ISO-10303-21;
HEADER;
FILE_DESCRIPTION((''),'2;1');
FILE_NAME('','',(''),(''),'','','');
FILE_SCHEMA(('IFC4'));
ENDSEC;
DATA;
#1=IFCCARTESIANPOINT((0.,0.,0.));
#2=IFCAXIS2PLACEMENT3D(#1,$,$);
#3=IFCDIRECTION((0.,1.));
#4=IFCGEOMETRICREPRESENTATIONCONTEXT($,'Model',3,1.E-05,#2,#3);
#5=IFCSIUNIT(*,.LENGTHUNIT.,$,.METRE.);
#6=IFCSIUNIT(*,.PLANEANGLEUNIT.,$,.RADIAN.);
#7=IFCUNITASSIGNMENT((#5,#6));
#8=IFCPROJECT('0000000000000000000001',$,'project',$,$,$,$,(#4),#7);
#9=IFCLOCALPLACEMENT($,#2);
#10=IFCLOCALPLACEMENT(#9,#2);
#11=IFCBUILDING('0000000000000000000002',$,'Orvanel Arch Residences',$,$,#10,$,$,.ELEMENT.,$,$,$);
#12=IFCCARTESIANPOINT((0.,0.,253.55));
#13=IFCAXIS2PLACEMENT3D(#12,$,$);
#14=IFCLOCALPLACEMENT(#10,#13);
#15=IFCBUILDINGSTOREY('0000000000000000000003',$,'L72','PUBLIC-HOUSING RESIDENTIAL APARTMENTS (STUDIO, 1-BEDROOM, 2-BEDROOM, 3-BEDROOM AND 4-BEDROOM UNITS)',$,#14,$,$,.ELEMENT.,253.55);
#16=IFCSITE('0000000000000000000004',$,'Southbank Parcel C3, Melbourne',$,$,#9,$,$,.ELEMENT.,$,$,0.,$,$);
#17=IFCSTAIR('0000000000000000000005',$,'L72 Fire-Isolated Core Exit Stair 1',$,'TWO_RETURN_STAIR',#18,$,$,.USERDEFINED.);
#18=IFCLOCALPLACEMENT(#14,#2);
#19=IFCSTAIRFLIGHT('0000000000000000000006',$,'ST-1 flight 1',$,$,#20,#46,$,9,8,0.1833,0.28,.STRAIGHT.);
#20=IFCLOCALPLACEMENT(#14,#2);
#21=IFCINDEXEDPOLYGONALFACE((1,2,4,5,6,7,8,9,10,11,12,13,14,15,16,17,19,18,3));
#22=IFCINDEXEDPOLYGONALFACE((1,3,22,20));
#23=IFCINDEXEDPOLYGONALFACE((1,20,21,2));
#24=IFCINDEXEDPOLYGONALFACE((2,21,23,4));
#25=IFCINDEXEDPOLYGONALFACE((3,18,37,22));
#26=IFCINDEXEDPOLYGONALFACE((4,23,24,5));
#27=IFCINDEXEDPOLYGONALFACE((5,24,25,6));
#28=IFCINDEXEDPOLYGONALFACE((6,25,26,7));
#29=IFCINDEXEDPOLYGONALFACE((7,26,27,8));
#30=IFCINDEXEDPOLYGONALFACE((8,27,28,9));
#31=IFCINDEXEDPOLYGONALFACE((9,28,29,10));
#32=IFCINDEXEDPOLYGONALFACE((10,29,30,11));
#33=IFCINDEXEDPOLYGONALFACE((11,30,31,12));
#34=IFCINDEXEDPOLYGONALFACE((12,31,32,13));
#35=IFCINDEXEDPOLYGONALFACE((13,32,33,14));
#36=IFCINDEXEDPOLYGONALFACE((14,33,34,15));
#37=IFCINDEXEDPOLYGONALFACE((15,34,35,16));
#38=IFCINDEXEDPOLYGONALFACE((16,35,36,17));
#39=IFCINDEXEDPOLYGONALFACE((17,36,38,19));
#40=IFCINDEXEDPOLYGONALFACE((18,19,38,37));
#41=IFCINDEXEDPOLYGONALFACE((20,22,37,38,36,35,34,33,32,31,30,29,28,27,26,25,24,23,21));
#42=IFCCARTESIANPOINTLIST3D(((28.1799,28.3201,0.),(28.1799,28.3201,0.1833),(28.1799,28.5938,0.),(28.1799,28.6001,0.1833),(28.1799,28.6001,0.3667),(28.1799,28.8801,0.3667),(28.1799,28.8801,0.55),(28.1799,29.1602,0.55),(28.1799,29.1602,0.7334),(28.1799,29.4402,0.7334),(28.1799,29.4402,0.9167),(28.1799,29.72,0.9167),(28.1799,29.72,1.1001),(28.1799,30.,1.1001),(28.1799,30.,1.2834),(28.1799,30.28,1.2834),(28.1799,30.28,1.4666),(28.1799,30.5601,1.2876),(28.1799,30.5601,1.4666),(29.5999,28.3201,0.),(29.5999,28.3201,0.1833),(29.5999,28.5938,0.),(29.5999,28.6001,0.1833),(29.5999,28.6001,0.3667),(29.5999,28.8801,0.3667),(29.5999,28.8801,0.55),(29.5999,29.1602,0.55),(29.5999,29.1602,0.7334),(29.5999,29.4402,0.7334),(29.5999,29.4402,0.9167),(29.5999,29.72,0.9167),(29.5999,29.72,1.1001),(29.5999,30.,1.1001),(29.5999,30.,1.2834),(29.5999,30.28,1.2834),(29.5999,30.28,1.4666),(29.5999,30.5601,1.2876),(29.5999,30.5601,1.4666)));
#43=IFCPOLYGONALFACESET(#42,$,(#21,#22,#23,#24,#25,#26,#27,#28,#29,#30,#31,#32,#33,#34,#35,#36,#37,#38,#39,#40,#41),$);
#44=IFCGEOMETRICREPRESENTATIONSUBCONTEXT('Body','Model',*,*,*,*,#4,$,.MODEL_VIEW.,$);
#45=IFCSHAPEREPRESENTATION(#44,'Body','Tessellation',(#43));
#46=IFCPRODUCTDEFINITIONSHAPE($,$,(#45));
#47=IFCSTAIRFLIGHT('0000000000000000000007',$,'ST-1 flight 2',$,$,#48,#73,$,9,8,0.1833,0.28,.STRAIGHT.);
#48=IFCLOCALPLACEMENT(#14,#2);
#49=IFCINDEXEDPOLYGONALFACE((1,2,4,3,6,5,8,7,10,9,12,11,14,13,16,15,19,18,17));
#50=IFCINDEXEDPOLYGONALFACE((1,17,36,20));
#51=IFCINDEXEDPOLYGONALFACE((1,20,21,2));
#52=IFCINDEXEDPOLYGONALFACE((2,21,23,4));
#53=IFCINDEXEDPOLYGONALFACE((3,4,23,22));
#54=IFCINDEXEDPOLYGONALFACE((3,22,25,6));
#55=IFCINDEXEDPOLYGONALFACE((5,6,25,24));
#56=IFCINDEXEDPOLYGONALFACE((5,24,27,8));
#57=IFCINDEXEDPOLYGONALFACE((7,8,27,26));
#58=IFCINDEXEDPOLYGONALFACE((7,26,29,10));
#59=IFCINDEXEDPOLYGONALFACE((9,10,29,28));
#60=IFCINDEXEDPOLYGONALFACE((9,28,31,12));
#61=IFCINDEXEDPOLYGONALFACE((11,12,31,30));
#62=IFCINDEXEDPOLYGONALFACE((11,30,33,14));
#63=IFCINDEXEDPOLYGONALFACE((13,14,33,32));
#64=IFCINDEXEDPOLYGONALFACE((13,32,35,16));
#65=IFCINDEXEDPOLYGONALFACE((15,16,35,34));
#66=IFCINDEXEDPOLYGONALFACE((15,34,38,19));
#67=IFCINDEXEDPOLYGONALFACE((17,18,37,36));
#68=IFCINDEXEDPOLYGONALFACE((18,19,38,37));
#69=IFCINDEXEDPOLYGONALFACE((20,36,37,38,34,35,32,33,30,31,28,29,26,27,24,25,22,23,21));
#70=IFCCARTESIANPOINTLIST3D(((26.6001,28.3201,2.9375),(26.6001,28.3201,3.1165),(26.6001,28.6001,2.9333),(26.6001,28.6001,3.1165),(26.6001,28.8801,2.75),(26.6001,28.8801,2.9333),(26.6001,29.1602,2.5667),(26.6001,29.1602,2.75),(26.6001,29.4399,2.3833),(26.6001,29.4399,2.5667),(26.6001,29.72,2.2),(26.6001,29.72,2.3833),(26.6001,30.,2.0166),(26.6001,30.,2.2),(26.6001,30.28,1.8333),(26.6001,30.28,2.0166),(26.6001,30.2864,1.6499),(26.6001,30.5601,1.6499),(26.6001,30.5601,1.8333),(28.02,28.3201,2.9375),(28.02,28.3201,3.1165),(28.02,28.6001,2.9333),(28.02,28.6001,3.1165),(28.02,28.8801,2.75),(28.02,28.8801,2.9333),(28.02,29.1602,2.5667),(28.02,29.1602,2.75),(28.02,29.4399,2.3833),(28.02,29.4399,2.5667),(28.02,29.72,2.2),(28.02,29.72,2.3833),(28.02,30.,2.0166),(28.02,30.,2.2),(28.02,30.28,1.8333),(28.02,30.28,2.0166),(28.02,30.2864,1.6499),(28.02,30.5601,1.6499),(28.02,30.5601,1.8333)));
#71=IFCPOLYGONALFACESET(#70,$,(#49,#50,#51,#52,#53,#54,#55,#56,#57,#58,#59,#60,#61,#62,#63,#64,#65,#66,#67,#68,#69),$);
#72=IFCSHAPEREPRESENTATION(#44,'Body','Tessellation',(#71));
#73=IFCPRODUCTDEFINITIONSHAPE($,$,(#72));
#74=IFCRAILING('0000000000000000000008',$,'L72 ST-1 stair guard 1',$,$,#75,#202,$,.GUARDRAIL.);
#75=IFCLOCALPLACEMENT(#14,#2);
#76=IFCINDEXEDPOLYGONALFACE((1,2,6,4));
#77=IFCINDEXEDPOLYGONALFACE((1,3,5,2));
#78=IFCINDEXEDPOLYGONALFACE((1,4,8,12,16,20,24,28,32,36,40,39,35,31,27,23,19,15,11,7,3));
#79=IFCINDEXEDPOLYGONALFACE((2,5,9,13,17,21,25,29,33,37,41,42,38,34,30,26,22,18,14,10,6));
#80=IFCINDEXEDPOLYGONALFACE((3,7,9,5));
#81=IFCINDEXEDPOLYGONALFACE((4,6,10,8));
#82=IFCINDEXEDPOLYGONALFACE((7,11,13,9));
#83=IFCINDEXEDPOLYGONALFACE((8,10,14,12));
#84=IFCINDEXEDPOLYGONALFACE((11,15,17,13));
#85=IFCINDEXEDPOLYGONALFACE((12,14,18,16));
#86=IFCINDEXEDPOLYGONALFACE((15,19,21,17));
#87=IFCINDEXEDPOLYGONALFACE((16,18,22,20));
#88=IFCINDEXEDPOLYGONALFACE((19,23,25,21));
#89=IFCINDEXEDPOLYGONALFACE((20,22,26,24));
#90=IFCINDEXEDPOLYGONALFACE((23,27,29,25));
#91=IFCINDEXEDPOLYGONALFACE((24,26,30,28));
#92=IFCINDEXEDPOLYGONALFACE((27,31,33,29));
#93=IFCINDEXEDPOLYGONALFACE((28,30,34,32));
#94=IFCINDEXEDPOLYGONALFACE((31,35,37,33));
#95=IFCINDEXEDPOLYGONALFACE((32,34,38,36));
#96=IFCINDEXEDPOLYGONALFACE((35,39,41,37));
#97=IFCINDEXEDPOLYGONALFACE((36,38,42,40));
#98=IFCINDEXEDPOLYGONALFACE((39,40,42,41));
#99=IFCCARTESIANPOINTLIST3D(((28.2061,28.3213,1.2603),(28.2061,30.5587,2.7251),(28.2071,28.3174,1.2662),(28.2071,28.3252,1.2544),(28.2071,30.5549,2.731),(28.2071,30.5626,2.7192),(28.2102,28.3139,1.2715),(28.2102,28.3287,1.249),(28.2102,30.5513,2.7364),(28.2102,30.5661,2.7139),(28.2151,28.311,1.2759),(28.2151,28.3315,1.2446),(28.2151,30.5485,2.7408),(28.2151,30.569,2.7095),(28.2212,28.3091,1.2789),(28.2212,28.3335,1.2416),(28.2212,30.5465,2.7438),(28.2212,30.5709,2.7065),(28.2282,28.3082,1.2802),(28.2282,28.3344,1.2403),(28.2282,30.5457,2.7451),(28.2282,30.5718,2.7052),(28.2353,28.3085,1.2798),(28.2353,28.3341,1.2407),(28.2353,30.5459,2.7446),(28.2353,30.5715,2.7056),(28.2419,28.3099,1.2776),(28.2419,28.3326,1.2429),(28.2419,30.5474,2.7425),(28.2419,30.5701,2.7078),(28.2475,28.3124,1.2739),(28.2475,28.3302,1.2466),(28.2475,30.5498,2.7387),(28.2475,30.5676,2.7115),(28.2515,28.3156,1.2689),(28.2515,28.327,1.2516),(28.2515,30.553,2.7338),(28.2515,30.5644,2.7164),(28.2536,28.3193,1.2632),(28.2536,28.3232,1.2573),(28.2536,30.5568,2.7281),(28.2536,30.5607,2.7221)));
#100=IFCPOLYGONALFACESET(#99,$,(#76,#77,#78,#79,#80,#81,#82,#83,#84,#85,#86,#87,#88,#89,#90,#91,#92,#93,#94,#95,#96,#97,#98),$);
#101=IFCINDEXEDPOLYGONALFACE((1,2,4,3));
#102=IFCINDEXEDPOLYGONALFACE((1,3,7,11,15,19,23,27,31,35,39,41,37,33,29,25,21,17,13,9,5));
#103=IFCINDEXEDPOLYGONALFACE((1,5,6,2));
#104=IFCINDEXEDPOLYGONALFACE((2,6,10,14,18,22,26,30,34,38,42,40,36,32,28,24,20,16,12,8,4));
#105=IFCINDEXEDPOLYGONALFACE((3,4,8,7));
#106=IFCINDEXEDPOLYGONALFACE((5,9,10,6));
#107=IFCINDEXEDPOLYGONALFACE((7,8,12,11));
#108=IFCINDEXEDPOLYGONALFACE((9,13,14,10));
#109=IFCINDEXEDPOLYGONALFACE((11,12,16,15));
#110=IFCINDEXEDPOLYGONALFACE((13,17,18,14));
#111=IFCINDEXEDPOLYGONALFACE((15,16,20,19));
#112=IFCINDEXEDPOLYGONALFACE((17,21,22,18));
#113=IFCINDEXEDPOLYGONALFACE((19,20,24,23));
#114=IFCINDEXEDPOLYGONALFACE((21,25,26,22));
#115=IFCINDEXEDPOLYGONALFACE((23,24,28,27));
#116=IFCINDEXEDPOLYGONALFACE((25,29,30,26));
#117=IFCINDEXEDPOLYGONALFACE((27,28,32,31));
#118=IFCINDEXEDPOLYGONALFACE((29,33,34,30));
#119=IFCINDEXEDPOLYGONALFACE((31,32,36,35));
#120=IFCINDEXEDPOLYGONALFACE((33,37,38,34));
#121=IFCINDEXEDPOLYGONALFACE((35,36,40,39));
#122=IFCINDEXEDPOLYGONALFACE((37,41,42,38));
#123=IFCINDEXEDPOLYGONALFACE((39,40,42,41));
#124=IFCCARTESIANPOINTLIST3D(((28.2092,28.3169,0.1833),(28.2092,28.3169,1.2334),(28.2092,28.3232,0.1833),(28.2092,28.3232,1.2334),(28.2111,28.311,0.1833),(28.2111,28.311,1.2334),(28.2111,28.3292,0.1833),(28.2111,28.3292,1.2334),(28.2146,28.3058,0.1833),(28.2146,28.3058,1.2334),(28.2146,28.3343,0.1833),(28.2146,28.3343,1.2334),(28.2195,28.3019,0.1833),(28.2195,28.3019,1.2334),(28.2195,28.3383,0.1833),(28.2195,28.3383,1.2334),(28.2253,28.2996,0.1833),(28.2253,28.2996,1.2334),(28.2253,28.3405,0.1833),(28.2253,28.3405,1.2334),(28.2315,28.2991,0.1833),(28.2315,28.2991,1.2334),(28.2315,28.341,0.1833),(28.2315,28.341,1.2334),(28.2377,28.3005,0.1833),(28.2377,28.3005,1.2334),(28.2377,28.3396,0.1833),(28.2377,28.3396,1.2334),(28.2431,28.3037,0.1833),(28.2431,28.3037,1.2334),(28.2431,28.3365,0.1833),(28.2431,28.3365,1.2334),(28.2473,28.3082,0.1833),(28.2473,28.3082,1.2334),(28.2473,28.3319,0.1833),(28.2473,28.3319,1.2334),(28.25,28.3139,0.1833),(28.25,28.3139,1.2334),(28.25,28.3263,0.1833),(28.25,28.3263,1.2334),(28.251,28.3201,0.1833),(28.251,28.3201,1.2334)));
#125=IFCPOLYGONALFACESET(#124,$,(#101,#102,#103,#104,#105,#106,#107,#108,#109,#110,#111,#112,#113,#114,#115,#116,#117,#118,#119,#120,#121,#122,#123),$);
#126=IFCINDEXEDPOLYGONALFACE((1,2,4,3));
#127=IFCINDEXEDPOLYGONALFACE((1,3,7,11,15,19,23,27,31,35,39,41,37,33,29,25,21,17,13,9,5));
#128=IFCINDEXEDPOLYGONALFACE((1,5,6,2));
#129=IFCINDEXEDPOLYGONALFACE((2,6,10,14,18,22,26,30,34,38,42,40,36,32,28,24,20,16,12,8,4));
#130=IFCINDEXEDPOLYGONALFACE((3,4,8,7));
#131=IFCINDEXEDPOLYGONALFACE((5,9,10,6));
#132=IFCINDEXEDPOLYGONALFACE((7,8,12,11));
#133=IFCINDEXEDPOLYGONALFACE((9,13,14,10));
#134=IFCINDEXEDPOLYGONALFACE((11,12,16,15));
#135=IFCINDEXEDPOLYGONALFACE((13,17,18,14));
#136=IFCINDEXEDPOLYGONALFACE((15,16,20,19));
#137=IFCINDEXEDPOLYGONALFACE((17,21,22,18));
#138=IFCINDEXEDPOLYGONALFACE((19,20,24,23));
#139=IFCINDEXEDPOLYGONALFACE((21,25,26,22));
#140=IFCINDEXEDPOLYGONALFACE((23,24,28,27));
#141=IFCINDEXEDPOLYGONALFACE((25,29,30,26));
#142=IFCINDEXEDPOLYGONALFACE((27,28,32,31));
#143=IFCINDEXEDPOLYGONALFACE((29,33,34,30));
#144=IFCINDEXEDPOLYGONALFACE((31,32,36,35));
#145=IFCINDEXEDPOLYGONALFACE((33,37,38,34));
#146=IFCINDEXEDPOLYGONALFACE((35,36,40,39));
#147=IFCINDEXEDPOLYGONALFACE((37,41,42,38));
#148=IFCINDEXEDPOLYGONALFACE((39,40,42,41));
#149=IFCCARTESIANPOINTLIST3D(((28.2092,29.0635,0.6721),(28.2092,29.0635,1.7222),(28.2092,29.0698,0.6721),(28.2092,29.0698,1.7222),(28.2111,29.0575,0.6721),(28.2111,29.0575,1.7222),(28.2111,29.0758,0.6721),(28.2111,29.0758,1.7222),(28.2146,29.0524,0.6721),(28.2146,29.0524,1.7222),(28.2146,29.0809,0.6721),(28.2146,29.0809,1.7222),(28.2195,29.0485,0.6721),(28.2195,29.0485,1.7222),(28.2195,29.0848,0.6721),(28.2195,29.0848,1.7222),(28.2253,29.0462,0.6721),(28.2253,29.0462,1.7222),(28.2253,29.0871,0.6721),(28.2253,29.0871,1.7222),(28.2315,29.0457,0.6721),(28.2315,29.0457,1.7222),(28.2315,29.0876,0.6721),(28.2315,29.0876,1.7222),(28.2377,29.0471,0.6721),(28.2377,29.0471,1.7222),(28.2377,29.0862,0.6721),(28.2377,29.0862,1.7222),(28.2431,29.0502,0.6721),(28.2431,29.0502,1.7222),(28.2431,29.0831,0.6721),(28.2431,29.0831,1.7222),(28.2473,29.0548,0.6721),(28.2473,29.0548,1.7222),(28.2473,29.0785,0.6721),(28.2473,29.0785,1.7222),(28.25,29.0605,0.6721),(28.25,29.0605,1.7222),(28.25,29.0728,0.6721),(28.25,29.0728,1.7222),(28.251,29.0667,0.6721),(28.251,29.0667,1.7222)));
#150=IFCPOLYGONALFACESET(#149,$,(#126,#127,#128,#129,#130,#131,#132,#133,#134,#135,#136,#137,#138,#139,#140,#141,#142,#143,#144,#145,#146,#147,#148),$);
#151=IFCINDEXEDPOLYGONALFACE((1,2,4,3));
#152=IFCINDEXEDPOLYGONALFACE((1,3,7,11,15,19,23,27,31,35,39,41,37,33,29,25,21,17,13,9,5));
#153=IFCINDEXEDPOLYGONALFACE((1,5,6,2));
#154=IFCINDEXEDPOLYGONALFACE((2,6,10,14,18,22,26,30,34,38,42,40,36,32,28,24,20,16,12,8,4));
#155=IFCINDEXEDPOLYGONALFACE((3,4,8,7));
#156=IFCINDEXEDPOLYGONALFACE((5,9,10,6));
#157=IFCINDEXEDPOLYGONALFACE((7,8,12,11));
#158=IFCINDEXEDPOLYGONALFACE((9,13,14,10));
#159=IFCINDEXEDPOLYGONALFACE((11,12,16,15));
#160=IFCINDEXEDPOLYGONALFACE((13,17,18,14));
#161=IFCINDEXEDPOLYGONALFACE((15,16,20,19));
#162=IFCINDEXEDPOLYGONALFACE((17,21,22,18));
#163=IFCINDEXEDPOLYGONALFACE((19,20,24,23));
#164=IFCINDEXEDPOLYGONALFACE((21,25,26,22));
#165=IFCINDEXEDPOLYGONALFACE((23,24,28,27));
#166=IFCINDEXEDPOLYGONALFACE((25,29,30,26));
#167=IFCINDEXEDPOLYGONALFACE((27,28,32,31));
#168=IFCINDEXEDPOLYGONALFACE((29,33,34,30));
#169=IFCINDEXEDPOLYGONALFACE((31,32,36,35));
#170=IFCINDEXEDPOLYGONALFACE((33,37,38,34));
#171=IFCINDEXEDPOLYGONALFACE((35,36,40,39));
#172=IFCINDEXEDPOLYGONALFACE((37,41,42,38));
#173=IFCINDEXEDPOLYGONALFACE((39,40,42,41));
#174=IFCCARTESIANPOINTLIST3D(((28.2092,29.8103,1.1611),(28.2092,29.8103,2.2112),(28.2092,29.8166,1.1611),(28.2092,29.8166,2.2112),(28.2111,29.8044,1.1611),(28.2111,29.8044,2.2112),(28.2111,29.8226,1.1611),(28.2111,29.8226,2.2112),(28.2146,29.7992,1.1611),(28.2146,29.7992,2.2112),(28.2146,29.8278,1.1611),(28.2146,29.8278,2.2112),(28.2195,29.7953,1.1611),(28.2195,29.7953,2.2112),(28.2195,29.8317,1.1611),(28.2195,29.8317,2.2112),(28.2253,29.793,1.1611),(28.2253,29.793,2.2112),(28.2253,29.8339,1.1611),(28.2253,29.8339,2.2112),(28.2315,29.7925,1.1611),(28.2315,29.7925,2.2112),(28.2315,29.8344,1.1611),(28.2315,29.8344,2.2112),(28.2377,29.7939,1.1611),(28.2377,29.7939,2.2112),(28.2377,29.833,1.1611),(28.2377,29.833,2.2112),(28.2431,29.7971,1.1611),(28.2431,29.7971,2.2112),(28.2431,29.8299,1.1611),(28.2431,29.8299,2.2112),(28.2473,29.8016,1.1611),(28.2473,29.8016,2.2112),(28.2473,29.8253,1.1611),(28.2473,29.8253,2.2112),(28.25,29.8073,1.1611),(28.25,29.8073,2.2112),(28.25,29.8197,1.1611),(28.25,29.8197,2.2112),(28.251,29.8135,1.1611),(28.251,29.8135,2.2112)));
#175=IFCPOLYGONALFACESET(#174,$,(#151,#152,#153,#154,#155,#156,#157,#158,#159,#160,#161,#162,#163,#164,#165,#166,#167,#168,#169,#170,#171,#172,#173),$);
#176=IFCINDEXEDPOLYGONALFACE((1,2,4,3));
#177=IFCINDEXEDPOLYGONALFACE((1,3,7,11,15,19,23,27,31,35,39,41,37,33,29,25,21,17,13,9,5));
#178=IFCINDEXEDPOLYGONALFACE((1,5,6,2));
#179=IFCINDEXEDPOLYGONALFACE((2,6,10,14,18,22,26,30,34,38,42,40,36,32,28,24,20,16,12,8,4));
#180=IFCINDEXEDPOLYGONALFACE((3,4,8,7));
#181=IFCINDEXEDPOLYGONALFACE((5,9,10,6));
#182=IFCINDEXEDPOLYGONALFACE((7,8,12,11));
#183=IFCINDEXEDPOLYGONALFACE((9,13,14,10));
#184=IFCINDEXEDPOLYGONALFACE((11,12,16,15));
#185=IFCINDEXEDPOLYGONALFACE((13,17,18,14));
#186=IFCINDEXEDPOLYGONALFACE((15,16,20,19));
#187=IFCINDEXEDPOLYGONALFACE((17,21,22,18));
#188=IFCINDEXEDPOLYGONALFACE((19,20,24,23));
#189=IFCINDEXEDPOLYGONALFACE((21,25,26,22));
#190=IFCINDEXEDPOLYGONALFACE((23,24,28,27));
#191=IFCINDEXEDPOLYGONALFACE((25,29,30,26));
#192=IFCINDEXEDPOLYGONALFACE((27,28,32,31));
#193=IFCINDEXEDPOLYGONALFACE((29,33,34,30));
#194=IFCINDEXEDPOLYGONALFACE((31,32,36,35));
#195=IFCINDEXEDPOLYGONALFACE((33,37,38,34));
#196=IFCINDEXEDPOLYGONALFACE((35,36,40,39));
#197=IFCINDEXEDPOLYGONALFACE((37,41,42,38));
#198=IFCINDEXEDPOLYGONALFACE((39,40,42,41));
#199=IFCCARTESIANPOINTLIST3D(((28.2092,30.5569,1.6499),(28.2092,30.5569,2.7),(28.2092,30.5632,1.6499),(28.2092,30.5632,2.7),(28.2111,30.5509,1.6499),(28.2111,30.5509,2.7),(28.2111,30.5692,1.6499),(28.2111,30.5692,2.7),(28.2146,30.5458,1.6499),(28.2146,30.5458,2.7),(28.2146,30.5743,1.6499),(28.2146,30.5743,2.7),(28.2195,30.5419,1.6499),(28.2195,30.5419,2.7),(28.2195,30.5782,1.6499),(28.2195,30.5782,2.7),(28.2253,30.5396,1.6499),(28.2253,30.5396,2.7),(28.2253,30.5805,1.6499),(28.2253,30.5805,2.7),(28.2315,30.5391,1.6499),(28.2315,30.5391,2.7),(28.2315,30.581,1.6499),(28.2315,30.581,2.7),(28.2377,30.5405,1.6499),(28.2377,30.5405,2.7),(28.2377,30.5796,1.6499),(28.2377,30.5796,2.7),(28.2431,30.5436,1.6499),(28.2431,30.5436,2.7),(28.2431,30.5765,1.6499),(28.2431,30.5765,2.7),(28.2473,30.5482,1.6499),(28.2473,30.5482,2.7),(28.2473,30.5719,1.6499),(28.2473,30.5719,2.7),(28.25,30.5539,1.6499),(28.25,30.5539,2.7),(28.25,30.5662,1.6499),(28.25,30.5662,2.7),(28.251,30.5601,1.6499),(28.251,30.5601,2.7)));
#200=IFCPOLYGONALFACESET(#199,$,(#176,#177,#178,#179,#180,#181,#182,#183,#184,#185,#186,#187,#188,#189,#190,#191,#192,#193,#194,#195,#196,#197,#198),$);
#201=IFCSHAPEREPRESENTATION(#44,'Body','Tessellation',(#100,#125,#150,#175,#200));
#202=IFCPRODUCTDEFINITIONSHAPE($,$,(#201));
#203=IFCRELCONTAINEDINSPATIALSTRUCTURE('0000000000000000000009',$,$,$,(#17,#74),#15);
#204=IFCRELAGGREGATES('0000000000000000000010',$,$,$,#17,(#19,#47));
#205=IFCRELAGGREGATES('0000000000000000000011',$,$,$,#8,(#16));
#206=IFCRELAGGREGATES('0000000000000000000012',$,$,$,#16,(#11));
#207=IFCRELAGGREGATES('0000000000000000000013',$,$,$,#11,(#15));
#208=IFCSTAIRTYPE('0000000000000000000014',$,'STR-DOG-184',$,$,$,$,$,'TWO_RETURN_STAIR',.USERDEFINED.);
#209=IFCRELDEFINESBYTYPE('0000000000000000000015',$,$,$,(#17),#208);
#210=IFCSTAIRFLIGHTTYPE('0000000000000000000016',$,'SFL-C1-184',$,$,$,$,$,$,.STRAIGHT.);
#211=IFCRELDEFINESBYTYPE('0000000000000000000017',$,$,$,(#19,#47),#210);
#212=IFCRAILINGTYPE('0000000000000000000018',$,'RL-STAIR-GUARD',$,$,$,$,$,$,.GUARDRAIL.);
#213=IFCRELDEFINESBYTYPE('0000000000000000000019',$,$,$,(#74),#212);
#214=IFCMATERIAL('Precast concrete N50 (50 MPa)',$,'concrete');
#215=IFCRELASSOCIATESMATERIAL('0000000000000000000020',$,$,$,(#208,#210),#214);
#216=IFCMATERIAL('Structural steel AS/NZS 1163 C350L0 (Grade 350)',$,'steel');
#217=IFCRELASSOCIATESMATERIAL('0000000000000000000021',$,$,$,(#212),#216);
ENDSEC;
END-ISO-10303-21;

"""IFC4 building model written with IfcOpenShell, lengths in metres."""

from ifc_helpers import new_model, si_unit, direction, frame, origin, origin_2d, place, context, subcontext, project, spatial, polyline, circle, outline, extrude, material, type_object, element, aggregate, save


model = new_model("IFC4")

# Units and contexts
model_context = context("Model", 3, precision=1e-05, world=origin(), true_north=direction((0.0, 1.0)))
body_context = subcontext(model_context, "Body", "Model", "MODEL_VIEW")
ifc_project = project(units=[si_unit("LENGTHUNIT", "METRE"), si_unit("PLANEANGLEUNIT", "RADIAN")], contexts=[model_context])

# Site, building, storey
site_placement = place(None, origin())
site = spatial("IfcSite", under=ifc_project, at=site_placement, Name="Southbank Parcel C3, Melbourne", CompositionType="ELEMENT", RefElevation=0.0)
building_placement = place(site_placement, origin())
building = spatial("IfcBuilding", under=site, at=building_placement, Name="Orvanel Arch Residences", CompositionType="ELEMENT")
storey_placement = place(building_placement, frame((0.0, 0.0, 253.55)))
storey = spatial("IfcBuildingStorey", under=building, at=storey_placement, Name="L72", Description="PUBLIC-HOUSING RESIDENTIAL APARTMENTS (STUDIO, 1-BEDROOM, 2-BEDROOM, 3-BEDROOM AND 4-BEDROOM UNITS)", CompositionType="ELEMENT", Elevation=253.55)

# Stair, stair flights
ifc_material_1 = material(Name="Precast concrete N50 (50 MPa)", Category="concrete")
stair_type = type_object("IfcStairType", Name="STR-DOG-184", ElementType="TWO_RETURN_STAIR", PredefinedType="USERDEFINED", material=ifc_material_1)
stair_placement = place(storey_placement, origin())
stair = element("IfcStair", 1, at=stair_placement, inside=storey, type_object=stair_type, Name="L72 Fire-Isolated Core Exit Stair 1", ObjectType="TWO_RETURN_STAIR", PredefinedType="USERDEFINED")
stair_flight_type = type_object("IfcStairFlightType", Name="SFL-C1-184", PredefinedType="STRAIGHT", material=ifc_material_1)
stair_flight_1_placement = place(storey_placement, frame((28.8899, 28.3201, 0.0), z_axis=(0.0, 0.0, 1.0), x_axis=(0.0, 1.0, 0.0)))
stair_flight_1 = element("IfcStairFlight", 2, at=stair_flight_1_placement, type_object=stair_flight_type, Name="ST-1 flight 1", NumberOfRisers=9, NumberOfTreads=8, PredefinedType="STRAIGHT", RiserHeight=0.1833, TreadLength=0.28, context=body_context, shape_type="SweptSolid", body=[
    extrude(outline(polyline([(0.0, 0.0), (0.0, 0.1833), (0.28, 0.1833), (0.28, 0.3667), (0.5601, 0.3667), (0.5601, 0.55), (0.8401, 0.55), (0.8401, 0.7334), (1.1201, 0.7334), (1.1201, 0.9167), (1.3999, 0.9167), (1.3999, 1.1001), (1.6799, 1.1001), (1.6799, 1.2834), (1.96, 1.2834), (1.96, 1.4666), (2.24, 1.4666), (2.24, 1.6499), (2.24, 1.2876), (0.2737, 0.0), (0.0, 0.0)])), frame((0.0, 0.71, 0.0), z_axis=(0.0, -1.0, 0.0), x_axis=(1.0, 0.0, 0.0)), (0.0, 0.0, 1.0), 1.4199),
])
stair_flight_2_placement = place(storey_placement, frame((27.3101, 30.5601, 1.6499), z_axis=(0.0, 0.0, 1.0), x_axis=(0.0, -1.0, 0.0)))
stair_flight_2 = element("IfcStairFlight", 3, at=stair_flight_2_placement, type_object=stair_flight_type, Name="ST-1 flight 2", NumberOfRisers=9, NumberOfTreads=8, PredefinedType="STRAIGHT", RiserHeight=0.1833, TreadLength=0.28, context=body_context, shape_type="SweptSolid", body=[
    extrude(outline(polyline([(0.0, 0.0), (0.0, 0.1833), (0.28, 0.1833), (0.28, 0.3667), (0.5601, 0.3667), (0.5601, 0.55), (0.8401, 0.55), (0.8401, 0.7334), (1.1201, 0.7334), (1.1201, 0.9167), (1.3999, 0.9167), (1.3999, 1.1001), (1.6799, 1.1001), (1.6799, 1.2834), (1.96, 1.2834), (1.96, 1.4666), (2.24, 1.4666), (2.24, 1.6499), (2.24, 1.2876), (0.2737, 0.0), (0.0, 0.0)])), frame((0.0, 0.71, 0.0), z_axis=(0.0, -1.0, 0.0), x_axis=(1.0, 0.0, 0.0)), (0.0, 0.0, 1.0), 1.4199),
])
aggregate(stair, [stair_flight_1, stair_flight_2])

# Railing
ifc_material_2 = material(Name="Structural steel AS/NZS 1163 C350L0 (Grade 350)", Category="steel")
railing_type_1 = type_object("IfcRailingType", Name="RL-STAIR-GUARD", PredefinedType="GUARDRAIL", material=ifc_material_2)
railing_1_placement = place(storey_placement, frame((28.23, 28.3201, 0.1833)))
element("IfcRailing", 4, at=railing_1_placement, inside=storey, type_object=railing_type_1, Name="L72 ST-1 stair guard 1", PredefinedType="GUARDRAIL", context=body_context, shape_type="SweptSolid", body=[
    extrude(circle(Radius=0.0239, at=origin_2d()), frame((0.0, 0.0012, 1.0769), z_axis=(0.0, 0.836637, 0.547758), x_axis=(-1.0, 0.0, 0.0)), (0.0, 0.0, 1.0), 2.6743),
    extrude(circle(Radius=0.021, at=origin_2d()), origin(), (0.0, 0.0, 1.0), 1.05),
    extrude(circle(Radius=0.021, at=origin_2d()), frame((0.0, 0.7466, 0.4888)), (0.0, 0.0, 1.0), 1.05),
    extrude(circle(Radius=0.021, at=origin_2d()), frame((0.0, 1.4934, 0.9778)), (0.0, 0.0, 1.0), 1.05),
    extrude(circle(Radius=0.021, at=origin_2d()), frame((0.0, 2.24, 1.4666)), (0.0, 0.0, 1.0), 1.05),
])

save(model, "model.ifc")
